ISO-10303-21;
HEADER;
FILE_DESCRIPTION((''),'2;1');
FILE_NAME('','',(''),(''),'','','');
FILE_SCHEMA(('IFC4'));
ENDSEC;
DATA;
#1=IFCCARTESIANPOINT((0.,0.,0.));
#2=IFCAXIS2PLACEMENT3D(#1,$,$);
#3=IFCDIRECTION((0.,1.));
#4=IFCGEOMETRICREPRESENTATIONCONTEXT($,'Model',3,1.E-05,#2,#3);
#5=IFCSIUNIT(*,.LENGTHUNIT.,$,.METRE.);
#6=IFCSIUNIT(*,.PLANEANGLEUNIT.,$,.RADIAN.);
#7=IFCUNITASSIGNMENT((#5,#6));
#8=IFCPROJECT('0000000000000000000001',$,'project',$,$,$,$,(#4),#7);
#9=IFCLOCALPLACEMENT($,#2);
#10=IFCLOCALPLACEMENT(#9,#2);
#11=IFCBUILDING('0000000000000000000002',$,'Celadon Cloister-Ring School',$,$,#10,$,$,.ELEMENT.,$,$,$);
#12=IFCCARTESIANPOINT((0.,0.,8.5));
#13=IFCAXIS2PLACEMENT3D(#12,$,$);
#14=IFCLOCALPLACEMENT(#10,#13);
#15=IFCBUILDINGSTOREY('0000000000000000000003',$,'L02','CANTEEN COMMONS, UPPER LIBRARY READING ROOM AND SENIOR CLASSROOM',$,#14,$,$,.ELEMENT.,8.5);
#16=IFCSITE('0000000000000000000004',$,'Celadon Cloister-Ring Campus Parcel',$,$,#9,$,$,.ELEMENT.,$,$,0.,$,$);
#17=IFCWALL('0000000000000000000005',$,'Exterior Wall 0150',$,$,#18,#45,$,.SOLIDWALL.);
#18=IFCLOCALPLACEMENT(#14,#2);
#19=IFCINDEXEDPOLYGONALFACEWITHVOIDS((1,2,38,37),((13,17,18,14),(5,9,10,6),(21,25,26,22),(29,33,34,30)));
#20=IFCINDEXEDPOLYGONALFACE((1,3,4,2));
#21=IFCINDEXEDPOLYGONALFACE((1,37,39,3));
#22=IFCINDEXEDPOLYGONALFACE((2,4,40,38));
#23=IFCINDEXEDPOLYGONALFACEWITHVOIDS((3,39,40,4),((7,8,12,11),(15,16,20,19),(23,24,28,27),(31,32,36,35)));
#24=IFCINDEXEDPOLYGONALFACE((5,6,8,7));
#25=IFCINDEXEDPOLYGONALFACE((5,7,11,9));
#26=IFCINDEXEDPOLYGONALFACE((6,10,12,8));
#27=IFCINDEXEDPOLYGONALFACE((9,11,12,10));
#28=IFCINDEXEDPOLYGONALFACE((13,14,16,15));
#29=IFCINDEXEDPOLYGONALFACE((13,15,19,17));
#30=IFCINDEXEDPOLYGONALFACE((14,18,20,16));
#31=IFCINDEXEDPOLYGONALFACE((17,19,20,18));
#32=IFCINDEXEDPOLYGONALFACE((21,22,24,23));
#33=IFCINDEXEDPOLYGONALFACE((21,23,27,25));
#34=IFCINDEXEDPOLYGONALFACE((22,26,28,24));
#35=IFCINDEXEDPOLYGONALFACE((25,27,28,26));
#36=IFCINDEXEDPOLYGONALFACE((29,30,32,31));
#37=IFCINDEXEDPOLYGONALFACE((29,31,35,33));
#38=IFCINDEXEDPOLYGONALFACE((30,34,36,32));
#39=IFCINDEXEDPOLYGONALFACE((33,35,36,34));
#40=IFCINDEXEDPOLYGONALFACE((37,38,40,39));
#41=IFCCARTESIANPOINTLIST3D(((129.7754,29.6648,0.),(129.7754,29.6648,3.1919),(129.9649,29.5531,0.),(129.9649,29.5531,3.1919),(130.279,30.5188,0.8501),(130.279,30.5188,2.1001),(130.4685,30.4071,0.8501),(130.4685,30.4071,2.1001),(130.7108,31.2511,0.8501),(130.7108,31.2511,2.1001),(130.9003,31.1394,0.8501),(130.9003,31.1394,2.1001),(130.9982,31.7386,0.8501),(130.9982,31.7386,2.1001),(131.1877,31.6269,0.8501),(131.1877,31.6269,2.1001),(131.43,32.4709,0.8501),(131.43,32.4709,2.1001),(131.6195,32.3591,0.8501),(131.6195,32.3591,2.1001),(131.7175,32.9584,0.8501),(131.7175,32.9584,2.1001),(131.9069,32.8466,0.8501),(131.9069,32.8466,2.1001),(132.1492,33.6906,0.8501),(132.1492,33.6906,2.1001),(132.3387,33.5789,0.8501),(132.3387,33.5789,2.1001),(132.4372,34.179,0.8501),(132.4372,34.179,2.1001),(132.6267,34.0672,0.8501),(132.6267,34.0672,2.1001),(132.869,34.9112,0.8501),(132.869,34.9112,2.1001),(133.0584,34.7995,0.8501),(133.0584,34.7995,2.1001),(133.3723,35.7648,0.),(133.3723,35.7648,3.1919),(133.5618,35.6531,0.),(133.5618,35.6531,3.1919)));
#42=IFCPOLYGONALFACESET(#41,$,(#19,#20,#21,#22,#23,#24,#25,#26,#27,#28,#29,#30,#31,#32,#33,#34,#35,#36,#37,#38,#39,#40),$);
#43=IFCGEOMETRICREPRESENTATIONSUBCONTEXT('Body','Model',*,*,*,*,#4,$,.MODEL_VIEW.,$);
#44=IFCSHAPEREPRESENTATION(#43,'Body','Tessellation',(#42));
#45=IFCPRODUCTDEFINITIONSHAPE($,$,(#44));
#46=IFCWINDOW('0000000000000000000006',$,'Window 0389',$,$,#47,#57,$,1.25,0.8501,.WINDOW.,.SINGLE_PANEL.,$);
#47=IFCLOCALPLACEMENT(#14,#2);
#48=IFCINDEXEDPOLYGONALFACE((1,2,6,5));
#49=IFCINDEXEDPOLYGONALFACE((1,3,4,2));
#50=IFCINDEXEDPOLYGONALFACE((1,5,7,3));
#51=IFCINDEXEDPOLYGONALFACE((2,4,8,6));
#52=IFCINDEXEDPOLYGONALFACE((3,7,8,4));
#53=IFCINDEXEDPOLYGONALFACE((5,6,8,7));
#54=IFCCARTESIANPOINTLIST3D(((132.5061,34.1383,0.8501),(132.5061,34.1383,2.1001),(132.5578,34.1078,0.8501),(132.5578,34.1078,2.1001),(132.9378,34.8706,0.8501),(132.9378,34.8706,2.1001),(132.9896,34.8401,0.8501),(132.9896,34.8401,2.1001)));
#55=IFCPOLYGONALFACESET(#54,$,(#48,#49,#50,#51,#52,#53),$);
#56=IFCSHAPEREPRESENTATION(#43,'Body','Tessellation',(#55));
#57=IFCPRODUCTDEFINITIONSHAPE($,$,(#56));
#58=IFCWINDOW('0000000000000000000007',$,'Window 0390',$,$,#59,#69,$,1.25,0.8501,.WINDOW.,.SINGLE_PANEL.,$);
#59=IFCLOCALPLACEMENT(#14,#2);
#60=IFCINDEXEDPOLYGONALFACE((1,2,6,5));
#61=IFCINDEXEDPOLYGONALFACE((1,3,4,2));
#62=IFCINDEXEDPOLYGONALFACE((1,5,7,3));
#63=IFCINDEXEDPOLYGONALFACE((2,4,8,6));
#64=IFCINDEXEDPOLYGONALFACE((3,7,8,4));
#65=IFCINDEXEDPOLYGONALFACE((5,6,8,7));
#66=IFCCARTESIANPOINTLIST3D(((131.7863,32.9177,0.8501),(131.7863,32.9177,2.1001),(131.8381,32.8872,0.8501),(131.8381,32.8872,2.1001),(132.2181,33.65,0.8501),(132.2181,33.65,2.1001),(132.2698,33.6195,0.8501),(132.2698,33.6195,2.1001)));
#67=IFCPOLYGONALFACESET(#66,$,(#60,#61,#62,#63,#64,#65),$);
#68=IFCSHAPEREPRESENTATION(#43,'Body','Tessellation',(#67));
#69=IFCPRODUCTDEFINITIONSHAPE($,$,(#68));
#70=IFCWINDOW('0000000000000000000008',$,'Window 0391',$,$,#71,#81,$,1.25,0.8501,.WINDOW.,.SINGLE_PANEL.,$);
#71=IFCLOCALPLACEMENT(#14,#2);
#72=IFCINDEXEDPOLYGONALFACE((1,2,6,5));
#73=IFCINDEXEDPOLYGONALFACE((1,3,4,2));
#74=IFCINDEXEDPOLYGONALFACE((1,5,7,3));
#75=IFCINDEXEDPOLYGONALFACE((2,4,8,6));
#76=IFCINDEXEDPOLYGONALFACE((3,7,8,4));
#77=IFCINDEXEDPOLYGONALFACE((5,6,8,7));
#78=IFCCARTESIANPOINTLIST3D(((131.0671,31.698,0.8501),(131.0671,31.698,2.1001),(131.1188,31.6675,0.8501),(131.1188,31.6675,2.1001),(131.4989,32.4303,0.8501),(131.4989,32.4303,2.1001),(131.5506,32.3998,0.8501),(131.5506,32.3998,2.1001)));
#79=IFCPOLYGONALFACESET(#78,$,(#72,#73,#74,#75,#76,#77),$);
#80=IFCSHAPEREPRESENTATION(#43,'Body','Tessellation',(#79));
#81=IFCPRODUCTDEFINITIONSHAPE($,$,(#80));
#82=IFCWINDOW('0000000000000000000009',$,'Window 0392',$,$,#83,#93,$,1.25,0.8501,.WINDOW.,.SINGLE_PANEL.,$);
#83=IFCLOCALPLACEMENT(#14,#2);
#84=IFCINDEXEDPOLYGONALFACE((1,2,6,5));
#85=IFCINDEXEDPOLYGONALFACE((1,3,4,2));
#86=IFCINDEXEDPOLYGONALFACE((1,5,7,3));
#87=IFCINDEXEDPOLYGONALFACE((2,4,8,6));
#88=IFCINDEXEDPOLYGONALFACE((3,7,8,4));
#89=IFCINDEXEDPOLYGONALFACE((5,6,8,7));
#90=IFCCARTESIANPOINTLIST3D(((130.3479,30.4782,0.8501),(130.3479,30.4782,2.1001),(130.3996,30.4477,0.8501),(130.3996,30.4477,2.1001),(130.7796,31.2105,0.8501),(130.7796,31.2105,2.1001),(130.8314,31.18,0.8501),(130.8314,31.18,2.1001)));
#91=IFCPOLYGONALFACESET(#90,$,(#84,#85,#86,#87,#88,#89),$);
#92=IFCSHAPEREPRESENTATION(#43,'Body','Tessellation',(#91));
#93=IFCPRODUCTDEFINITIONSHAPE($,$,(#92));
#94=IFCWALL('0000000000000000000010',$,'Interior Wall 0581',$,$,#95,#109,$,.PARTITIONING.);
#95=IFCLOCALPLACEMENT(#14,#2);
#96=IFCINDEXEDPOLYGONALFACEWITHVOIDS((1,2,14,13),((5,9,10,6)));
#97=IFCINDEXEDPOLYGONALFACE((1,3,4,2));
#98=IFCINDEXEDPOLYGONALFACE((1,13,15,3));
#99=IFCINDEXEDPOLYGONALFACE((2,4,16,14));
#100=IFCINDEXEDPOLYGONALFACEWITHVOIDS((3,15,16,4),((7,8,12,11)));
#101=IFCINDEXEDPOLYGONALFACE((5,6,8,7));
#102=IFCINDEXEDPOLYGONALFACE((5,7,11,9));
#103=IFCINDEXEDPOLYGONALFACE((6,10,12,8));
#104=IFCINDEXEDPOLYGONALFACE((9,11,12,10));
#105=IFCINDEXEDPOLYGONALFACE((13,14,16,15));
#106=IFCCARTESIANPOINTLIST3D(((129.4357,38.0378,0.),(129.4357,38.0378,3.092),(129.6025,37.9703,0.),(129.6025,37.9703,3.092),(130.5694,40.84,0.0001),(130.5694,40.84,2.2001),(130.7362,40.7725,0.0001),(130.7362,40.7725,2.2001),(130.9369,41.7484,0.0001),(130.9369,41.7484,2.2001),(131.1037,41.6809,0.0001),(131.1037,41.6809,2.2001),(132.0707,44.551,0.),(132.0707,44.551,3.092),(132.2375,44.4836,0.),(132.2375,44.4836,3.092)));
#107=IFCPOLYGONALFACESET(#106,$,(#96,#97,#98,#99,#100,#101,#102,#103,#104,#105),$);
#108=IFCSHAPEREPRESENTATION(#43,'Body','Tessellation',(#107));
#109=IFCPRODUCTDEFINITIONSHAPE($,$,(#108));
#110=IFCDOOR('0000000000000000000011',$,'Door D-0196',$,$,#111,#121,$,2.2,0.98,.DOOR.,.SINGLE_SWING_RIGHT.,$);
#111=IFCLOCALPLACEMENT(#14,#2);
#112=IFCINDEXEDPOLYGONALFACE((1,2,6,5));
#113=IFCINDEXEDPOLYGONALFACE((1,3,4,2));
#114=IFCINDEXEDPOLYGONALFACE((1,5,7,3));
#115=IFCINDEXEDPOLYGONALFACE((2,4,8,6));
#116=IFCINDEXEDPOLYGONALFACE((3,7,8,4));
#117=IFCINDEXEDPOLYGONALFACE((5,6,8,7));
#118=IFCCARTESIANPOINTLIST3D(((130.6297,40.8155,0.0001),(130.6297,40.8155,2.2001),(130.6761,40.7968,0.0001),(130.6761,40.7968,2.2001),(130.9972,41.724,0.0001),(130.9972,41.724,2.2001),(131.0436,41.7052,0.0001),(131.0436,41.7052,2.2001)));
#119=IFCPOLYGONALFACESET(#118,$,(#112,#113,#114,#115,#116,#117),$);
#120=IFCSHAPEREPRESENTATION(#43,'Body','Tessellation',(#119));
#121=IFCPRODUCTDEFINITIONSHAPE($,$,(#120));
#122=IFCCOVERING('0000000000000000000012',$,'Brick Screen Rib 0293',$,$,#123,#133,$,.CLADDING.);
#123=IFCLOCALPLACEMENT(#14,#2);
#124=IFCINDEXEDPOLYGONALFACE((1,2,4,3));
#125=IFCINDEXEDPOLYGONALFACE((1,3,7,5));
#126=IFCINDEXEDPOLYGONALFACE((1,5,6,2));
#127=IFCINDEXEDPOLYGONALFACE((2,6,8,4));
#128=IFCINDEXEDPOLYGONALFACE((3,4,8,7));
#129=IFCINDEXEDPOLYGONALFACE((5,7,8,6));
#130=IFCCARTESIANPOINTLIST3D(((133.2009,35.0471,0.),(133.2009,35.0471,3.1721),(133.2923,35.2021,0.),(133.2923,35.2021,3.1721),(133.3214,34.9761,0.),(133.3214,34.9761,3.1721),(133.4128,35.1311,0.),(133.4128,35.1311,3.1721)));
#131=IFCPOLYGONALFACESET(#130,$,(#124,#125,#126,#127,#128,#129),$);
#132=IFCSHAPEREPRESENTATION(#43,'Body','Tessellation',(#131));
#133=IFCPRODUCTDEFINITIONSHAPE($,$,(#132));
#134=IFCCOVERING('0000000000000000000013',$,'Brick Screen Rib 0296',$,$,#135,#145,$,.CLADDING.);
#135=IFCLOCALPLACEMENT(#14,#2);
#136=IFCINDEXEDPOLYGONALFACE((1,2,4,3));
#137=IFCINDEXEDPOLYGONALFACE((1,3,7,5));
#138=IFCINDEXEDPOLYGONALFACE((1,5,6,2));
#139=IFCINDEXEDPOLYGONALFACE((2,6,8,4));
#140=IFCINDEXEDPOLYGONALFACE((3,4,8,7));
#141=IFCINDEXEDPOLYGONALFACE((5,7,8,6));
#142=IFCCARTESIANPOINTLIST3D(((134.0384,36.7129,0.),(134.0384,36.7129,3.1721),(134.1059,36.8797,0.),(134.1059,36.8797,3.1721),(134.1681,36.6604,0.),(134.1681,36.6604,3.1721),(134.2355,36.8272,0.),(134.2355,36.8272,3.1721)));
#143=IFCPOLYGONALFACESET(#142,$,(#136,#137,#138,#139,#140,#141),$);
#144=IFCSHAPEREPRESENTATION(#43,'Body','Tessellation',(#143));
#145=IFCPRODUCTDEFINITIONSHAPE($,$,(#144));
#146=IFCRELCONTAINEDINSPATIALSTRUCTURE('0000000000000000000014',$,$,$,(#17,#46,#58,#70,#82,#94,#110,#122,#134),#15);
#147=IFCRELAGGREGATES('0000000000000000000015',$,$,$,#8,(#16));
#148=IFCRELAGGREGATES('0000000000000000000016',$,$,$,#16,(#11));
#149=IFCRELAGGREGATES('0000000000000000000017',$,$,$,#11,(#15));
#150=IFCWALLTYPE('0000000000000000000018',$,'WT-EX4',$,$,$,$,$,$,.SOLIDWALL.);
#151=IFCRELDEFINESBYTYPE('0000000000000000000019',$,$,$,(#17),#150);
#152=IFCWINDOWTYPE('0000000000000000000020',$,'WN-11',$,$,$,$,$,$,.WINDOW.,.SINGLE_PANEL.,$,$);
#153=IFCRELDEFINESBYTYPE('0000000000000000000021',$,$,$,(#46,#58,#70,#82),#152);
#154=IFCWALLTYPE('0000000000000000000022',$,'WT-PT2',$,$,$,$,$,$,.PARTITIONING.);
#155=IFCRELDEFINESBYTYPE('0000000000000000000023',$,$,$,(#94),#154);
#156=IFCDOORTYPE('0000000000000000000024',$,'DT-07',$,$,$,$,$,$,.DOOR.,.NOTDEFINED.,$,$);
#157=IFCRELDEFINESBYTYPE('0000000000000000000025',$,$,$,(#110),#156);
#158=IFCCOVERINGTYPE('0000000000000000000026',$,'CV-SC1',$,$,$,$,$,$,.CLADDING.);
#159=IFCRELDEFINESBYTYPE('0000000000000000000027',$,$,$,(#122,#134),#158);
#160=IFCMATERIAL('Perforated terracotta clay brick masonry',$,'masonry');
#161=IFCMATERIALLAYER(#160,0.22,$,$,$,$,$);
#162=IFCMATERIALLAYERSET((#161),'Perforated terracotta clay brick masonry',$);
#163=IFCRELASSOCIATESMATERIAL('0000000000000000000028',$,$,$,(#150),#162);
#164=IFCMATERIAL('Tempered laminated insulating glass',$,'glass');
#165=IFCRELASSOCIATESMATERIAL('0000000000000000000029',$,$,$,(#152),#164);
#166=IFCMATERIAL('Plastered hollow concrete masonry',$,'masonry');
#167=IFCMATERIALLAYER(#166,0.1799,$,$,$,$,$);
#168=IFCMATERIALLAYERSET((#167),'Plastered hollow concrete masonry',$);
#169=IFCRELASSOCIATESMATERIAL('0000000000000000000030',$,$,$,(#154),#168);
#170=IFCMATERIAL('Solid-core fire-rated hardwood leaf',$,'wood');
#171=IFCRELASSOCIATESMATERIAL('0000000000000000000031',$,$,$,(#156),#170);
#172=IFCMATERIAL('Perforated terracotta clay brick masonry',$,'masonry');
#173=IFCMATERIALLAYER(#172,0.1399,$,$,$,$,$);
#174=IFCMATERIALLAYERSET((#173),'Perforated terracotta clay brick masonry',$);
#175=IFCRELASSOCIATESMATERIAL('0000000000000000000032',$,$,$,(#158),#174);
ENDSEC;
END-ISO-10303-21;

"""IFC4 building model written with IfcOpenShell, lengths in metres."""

from ifc_helpers import new_model, si_unit, direction, frame, frame_2d, origin, origin_2d, place, context, subcontext, project, spatial, rectangle, extrude, material, layer, layer_set, type_object, element, fill, save


model = new_model("IFC4")

# Units and contexts
model_context = context("Model", 3, precision=1e-05, world=origin(), true_north=direction((0.0, 1.0)))
body_context = subcontext(model_context, "Body", "Model", "MODEL_VIEW")
ifc_project = project(units=[si_unit("LENGTHUNIT", "METRE"), si_unit("PLANEANGLEUNIT", "RADIAN")], contexts=[model_context])

# Site, building, storey
site_placement = place(None, origin())
site = spatial("IfcSite", under=ifc_project, at=site_placement, Name="Celadon Cloister-Ring Campus Parcel", CompositionType="ELEMENT", RefElevation=0.0)
building_placement = place(site_placement, origin())
building = spatial("IfcBuilding", under=site, at=building_placement, Name="Celadon Cloister-Ring School", CompositionType="ELEMENT")
storey_placement = place(building_placement, frame((0.0, 0.0, 8.5)))
storey = spatial("IfcBuildingStorey", under=building, at=storey_placement, Name="L02", Description="CANTEEN COMMONS, UPPER LIBRARY READING ROOM AND SENIOR CLASSROOM", CompositionType="ELEMENT", Elevation=8.5)

# Wall, openings, windows
ifc_material_1 = material(Name="Perforated terracotta clay brick masonry", Category="masonry")
ifc_layer_1 = layer(ifc_material_1, 0.22)
ifc_layer_set_1 = layer_set([ifc_layer_1], Name="Perforated terracotta clay brick masonry")
wall_type_1 = type_object("IfcWallType", Name="WT-EX4", PredefinedType="SOLIDWALL", material=ifc_layer_set_1)
wall_1_placement = place(storey_placement, frame((133.467, 35.709, 0.0), z_axis=(0.0, 0.0, 1.0), x_axis=(-0.507925, -0.861401, 0.0)))
wall_1 = element("IfcWall", 1, at=wall_1_placement, inside=storey, type_object=wall_type_1, Name="Exterior Wall 0150", PredefinedType="SOLIDWALL", context=body_context, shape_type="SweptSolid", body=[
    extrude(rectangle(XDim=7.0815, YDim=0.22, at=frame_2d((3.5408, 0.0))), origin(), (0.0, 0.0, 1.0), 3.1919),
])
opening_1_placement = place(wall_1_placement, frame((0.991, 0.0, 0.8501)))
opening_1 = element("IfcOpeningElement", 2, at=opening_1_placement, cuts=wall_1, PredefinedType="OPENING", context=body_context, shape_type="SweptSolid", body=[
    extrude(rectangle(XDim=0.8501, YDim=1.25, at=frame_2d((0.425, 0.625))), frame((0.0, 0.1201, 0.0), z_axis=(0.0, -1.0, 0.0), x_axis=(1.0, 0.0, 0.0)), (0.0, 0.0, 1.0), 0.24),
])
opening_2_placement = place(wall_1_placement, frame((2.408, 0.0, 0.8501)))
opening_2 = element("IfcOpeningElement", 3, at=opening_2_placement, cuts=wall_1, PredefinedType="OPENING", context=body_context, shape_type="SweptSolid", body=[
    extrude(rectangle(XDim=0.8501, YDim=1.25, at=frame_2d((0.425, 0.625))), frame((0.0, 0.1201, 0.0), z_axis=(0.0, -1.0, 0.0), x_axis=(1.0, 0.0, 0.0)), (0.0, 0.0, 1.0), 0.24),
])
opening_3_placement = place(wall_1_placement, frame((3.824, 0.0, 0.8501)))
opening_3 = element("IfcOpeningElement", 4, at=opening_3_placement, cuts=wall_1, PredefinedType="OPENING", context=body_context, shape_type="SweptSolid", body=[
    extrude(rectangle(XDim=0.8501, YDim=1.25, at=frame_2d((0.425, 0.625))), frame((0.0, 0.1201, 0.0), z_axis=(0.0, -1.0, 0.0), x_axis=(1.0, 0.0, 0.0)), (0.0, 0.0, 1.0), 0.24),
])
opening_4_placement = place(wall_1_placement, frame((5.24, 0.0, 0.8501)))
opening_4 = element("IfcOpeningElement", 5, at=opening_4_placement, cuts=wall_1, PredefinedType="OPENING", context=body_context, shape_type="SweptSolid", body=[
    extrude(rectangle(XDim=0.8501, YDim=1.25, at=frame_2d((0.425, 0.625))), frame((0.0, 0.1201, 0.0), z_axis=(0.0, -1.0, 0.0), x_axis=(1.0, 0.0, 0.0)), (0.0, 0.0, 1.0), 0.24),
])
ifc_material_2 = material(Name="Tempered laminated insulating glass", Category="glass")
window_type_1 = type_object("IfcWindowType", Name="WN-11", PartitioningType="SINGLE_PANEL", PredefinedType="WINDOW", material=ifc_material_2)
window_1_placement = place(opening_1_placement, origin())
window_1 = element("IfcWindow", 6, at=window_1_placement, inside=storey, type_object=window_type_1, Name="Window 0389", OverallHeight=1.25, OverallWidth=0.8501, PartitioningType="SINGLE_PANEL", PredefinedType="WINDOW", context=body_context, shape_type="SweptSolid", body=[
    extrude(rectangle(XDim=0.8501, YDim=1.25, at=frame_2d((0.425, 0.625))), frame((0.0, 0.03, 0.0), z_axis=(0.0, -1.0, 0.0), x_axis=(1.0, 0.0, 0.0)), (0.0, 0.0, 1.0), 0.0601),
])
fill(opening_1, window_1)
window_2_placement = place(opening_2_placement, origin())
window_2 = element("IfcWindow", 7, at=window_2_placement, inside=storey, type_object=window_type_1, Name="Window 0390", OverallHeight=1.25, OverallWidth=0.8501, PartitioningType="SINGLE_PANEL", PredefinedType="WINDOW", context=body_context, shape_type="SweptSolid", body=[
    extrude(rectangle(XDim=0.8501, YDim=1.25, at=frame_2d((0.425, 0.625))), frame((0.0, 0.03, 0.0), z_axis=(0.0, -1.0, 0.0), x_axis=(1.0, 0.0, 0.0)), (0.0, 0.0, 1.0), 0.0601),
])
fill(opening_2, window_2)
window_3_placement = place(opening_3_placement, origin())
window_3 = element("IfcWindow", 8, at=window_3_placement, inside=storey, type_object=window_type_1, Name="Window 0391", OverallHeight=1.25, OverallWidth=0.8501, PartitioningType="SINGLE_PANEL", PredefinedType="WINDOW", context=body_context, shape_type="SweptSolid", body=[
    extrude(rectangle(XDim=0.8501, YDim=1.25, at=frame_2d((0.425, 0.625))), frame((0.0, 0.03, 0.0), z_axis=(0.0, -1.0, 0.0), x_axis=(1.0, 0.0, 0.0)), (0.0, 0.0, 1.0), 0.0601),
])
fill(opening_3, window_3)
window_4_placement = place(opening_4_placement, origin())
window_4 = element("IfcWindow", 9, at=window_4_placement, inside=storey, type_object=window_type_1, Name="Window 0392", OverallHeight=1.25, OverallWidth=0.8501, PartitioningType="SINGLE_PANEL", PredefinedType="WINDOW", context=body_context, shape_type="SweptSolid", body=[
    extrude(rectangle(XDim=0.8501, YDim=1.25, at=frame_2d((0.425, 0.625))), frame((0.0, 0.03, 0.0), z_axis=(0.0, -1.0, 0.0), x_axis=(1.0, 0.0, 0.0)), (0.0, 0.0, 1.0), 0.0601),
])
fill(opening_4, window_4)

# Wall, opening, door
ifc_material_3 = material(Name="Plastered hollow concrete masonry", Category="masonry")
ifc_layer_2 = layer(ifc_material_3, 0.1799)
ifc_layer_set_2 = layer_set([ifc_layer_2], Name="Plastered hollow concrete masonry")
wall_type_2 = type_object("IfcWallType", Name="WT-PT2", PredefinedType="PARTITIONING", material=ifc_layer_set_2)
wall_2_placement = place(storey_placement, frame((129.519, 38.0039, 0.0), z_axis=(0.0, 0.0, 1.0), x_axis=(0.375036, 0.92701, 0.0)))
wall_2 = element("IfcWall", 10, at=wall_2_placement, inside=storey, type_object=wall_type_2, Name="Interior Wall 0581", PredefinedType="PARTITIONING", context=body_context, shape_type="SweptSolid", body=[
    extrude(rectangle(XDim=7.0261, YDim=0.1799, at=frame_2d((3.5132, 0.0))), origin(), (0.0, 0.0, 1.0), 3.092),
])
opening_5_placement = place(wall_2_placement, frame((3.0229, 0.0, 0.0)))
opening_5 = element("IfcOpeningElement", 11, at=opening_5_placement, cuts=wall_2, PredefinedType="OPENING", context=body_context, shape_type="SweptSolid", body=[
    extrude(rectangle(XDim=0.98, YDim=2.2, at=frame_2d((0.49, 1.1001))), frame((0.0, 0.1001, 0.0), z_axis=(0.0, -1.0, 0.0), x_axis=(1.0, 0.0, 0.0)), (0.0, 0.0, 1.0), 0.2),
])
ifc_material_4 = material(Name="Solid-core fire-rated hardwood leaf", Category="wood")
door_type = type_object("IfcDoorType", Name="DT-07", OperationType="NOTDEFINED", PredefinedType="DOOR", material=ifc_material_4)
door_placement = place(opening_5_placement, origin())
door = element("IfcDoor", 12, at=door_placement, inside=storey, type_object=door_type, Name="Door D-0196", OperationType="SINGLE_SWING_RIGHT", OverallHeight=2.2, OverallWidth=0.98, PredefinedType="DOOR", context=body_context, shape_type="SweptSolid", body=[
    extrude(rectangle(XDim=0.98, YDim=2.2, at=frame_2d((0.49, 1.1001))), frame((0.0, 0.0249, 0.0), z_axis=(0.0, -1.0, 0.0), x_axis=(1.0, 0.0, 0.0)), (0.0, 0.0, 1.0), 0.05),
])
fill(opening_5, door)

# Coverings
ifc_material_5 = material(Name="Perforated terracotta clay brick masonry", Category="masonry")
ifc_layer_3 = layer(ifc_material_5, 0.1399)
ifc_layer_set_3 = layer_set([ifc_layer_3], Name="Perforated terracotta clay brick masonry")
covering_type = type_object("IfcCoveringType", Name="CV-SC1", PredefinedType="CLADDING", material=ifc_layer_set_3)
for number, where, z_axis, x_axis, name in (
    (13, (133.3069, 35.0891, 0.0), (0.0, 0.0, 1.0), (-0.507944, -0.86139, 0.0), "Brick Screen Rib 0293"),
    (14, (134.137, 36.77, 0.0), (0.0, 0.0, 1.0), (-0.375043, -0.927007, 0.0), "Brick Screen Rib 0296"),
):
    element("IfcCovering", number, at=place(storey_placement, frame(where, z_axis=z_axis, x_axis=x_axis)), inside=storey, type_object=covering_type, Name=name, PredefinedType="CLADDING", context=body_context, shape_type="SweptSolid", body=[
        extrude(rectangle(XDim=0.1799, YDim=0.1399, at=origin_2d()), origin(), (0.0, 0.0, 1.0), 3.1721),
    ])

save(model, "model.ifc")
